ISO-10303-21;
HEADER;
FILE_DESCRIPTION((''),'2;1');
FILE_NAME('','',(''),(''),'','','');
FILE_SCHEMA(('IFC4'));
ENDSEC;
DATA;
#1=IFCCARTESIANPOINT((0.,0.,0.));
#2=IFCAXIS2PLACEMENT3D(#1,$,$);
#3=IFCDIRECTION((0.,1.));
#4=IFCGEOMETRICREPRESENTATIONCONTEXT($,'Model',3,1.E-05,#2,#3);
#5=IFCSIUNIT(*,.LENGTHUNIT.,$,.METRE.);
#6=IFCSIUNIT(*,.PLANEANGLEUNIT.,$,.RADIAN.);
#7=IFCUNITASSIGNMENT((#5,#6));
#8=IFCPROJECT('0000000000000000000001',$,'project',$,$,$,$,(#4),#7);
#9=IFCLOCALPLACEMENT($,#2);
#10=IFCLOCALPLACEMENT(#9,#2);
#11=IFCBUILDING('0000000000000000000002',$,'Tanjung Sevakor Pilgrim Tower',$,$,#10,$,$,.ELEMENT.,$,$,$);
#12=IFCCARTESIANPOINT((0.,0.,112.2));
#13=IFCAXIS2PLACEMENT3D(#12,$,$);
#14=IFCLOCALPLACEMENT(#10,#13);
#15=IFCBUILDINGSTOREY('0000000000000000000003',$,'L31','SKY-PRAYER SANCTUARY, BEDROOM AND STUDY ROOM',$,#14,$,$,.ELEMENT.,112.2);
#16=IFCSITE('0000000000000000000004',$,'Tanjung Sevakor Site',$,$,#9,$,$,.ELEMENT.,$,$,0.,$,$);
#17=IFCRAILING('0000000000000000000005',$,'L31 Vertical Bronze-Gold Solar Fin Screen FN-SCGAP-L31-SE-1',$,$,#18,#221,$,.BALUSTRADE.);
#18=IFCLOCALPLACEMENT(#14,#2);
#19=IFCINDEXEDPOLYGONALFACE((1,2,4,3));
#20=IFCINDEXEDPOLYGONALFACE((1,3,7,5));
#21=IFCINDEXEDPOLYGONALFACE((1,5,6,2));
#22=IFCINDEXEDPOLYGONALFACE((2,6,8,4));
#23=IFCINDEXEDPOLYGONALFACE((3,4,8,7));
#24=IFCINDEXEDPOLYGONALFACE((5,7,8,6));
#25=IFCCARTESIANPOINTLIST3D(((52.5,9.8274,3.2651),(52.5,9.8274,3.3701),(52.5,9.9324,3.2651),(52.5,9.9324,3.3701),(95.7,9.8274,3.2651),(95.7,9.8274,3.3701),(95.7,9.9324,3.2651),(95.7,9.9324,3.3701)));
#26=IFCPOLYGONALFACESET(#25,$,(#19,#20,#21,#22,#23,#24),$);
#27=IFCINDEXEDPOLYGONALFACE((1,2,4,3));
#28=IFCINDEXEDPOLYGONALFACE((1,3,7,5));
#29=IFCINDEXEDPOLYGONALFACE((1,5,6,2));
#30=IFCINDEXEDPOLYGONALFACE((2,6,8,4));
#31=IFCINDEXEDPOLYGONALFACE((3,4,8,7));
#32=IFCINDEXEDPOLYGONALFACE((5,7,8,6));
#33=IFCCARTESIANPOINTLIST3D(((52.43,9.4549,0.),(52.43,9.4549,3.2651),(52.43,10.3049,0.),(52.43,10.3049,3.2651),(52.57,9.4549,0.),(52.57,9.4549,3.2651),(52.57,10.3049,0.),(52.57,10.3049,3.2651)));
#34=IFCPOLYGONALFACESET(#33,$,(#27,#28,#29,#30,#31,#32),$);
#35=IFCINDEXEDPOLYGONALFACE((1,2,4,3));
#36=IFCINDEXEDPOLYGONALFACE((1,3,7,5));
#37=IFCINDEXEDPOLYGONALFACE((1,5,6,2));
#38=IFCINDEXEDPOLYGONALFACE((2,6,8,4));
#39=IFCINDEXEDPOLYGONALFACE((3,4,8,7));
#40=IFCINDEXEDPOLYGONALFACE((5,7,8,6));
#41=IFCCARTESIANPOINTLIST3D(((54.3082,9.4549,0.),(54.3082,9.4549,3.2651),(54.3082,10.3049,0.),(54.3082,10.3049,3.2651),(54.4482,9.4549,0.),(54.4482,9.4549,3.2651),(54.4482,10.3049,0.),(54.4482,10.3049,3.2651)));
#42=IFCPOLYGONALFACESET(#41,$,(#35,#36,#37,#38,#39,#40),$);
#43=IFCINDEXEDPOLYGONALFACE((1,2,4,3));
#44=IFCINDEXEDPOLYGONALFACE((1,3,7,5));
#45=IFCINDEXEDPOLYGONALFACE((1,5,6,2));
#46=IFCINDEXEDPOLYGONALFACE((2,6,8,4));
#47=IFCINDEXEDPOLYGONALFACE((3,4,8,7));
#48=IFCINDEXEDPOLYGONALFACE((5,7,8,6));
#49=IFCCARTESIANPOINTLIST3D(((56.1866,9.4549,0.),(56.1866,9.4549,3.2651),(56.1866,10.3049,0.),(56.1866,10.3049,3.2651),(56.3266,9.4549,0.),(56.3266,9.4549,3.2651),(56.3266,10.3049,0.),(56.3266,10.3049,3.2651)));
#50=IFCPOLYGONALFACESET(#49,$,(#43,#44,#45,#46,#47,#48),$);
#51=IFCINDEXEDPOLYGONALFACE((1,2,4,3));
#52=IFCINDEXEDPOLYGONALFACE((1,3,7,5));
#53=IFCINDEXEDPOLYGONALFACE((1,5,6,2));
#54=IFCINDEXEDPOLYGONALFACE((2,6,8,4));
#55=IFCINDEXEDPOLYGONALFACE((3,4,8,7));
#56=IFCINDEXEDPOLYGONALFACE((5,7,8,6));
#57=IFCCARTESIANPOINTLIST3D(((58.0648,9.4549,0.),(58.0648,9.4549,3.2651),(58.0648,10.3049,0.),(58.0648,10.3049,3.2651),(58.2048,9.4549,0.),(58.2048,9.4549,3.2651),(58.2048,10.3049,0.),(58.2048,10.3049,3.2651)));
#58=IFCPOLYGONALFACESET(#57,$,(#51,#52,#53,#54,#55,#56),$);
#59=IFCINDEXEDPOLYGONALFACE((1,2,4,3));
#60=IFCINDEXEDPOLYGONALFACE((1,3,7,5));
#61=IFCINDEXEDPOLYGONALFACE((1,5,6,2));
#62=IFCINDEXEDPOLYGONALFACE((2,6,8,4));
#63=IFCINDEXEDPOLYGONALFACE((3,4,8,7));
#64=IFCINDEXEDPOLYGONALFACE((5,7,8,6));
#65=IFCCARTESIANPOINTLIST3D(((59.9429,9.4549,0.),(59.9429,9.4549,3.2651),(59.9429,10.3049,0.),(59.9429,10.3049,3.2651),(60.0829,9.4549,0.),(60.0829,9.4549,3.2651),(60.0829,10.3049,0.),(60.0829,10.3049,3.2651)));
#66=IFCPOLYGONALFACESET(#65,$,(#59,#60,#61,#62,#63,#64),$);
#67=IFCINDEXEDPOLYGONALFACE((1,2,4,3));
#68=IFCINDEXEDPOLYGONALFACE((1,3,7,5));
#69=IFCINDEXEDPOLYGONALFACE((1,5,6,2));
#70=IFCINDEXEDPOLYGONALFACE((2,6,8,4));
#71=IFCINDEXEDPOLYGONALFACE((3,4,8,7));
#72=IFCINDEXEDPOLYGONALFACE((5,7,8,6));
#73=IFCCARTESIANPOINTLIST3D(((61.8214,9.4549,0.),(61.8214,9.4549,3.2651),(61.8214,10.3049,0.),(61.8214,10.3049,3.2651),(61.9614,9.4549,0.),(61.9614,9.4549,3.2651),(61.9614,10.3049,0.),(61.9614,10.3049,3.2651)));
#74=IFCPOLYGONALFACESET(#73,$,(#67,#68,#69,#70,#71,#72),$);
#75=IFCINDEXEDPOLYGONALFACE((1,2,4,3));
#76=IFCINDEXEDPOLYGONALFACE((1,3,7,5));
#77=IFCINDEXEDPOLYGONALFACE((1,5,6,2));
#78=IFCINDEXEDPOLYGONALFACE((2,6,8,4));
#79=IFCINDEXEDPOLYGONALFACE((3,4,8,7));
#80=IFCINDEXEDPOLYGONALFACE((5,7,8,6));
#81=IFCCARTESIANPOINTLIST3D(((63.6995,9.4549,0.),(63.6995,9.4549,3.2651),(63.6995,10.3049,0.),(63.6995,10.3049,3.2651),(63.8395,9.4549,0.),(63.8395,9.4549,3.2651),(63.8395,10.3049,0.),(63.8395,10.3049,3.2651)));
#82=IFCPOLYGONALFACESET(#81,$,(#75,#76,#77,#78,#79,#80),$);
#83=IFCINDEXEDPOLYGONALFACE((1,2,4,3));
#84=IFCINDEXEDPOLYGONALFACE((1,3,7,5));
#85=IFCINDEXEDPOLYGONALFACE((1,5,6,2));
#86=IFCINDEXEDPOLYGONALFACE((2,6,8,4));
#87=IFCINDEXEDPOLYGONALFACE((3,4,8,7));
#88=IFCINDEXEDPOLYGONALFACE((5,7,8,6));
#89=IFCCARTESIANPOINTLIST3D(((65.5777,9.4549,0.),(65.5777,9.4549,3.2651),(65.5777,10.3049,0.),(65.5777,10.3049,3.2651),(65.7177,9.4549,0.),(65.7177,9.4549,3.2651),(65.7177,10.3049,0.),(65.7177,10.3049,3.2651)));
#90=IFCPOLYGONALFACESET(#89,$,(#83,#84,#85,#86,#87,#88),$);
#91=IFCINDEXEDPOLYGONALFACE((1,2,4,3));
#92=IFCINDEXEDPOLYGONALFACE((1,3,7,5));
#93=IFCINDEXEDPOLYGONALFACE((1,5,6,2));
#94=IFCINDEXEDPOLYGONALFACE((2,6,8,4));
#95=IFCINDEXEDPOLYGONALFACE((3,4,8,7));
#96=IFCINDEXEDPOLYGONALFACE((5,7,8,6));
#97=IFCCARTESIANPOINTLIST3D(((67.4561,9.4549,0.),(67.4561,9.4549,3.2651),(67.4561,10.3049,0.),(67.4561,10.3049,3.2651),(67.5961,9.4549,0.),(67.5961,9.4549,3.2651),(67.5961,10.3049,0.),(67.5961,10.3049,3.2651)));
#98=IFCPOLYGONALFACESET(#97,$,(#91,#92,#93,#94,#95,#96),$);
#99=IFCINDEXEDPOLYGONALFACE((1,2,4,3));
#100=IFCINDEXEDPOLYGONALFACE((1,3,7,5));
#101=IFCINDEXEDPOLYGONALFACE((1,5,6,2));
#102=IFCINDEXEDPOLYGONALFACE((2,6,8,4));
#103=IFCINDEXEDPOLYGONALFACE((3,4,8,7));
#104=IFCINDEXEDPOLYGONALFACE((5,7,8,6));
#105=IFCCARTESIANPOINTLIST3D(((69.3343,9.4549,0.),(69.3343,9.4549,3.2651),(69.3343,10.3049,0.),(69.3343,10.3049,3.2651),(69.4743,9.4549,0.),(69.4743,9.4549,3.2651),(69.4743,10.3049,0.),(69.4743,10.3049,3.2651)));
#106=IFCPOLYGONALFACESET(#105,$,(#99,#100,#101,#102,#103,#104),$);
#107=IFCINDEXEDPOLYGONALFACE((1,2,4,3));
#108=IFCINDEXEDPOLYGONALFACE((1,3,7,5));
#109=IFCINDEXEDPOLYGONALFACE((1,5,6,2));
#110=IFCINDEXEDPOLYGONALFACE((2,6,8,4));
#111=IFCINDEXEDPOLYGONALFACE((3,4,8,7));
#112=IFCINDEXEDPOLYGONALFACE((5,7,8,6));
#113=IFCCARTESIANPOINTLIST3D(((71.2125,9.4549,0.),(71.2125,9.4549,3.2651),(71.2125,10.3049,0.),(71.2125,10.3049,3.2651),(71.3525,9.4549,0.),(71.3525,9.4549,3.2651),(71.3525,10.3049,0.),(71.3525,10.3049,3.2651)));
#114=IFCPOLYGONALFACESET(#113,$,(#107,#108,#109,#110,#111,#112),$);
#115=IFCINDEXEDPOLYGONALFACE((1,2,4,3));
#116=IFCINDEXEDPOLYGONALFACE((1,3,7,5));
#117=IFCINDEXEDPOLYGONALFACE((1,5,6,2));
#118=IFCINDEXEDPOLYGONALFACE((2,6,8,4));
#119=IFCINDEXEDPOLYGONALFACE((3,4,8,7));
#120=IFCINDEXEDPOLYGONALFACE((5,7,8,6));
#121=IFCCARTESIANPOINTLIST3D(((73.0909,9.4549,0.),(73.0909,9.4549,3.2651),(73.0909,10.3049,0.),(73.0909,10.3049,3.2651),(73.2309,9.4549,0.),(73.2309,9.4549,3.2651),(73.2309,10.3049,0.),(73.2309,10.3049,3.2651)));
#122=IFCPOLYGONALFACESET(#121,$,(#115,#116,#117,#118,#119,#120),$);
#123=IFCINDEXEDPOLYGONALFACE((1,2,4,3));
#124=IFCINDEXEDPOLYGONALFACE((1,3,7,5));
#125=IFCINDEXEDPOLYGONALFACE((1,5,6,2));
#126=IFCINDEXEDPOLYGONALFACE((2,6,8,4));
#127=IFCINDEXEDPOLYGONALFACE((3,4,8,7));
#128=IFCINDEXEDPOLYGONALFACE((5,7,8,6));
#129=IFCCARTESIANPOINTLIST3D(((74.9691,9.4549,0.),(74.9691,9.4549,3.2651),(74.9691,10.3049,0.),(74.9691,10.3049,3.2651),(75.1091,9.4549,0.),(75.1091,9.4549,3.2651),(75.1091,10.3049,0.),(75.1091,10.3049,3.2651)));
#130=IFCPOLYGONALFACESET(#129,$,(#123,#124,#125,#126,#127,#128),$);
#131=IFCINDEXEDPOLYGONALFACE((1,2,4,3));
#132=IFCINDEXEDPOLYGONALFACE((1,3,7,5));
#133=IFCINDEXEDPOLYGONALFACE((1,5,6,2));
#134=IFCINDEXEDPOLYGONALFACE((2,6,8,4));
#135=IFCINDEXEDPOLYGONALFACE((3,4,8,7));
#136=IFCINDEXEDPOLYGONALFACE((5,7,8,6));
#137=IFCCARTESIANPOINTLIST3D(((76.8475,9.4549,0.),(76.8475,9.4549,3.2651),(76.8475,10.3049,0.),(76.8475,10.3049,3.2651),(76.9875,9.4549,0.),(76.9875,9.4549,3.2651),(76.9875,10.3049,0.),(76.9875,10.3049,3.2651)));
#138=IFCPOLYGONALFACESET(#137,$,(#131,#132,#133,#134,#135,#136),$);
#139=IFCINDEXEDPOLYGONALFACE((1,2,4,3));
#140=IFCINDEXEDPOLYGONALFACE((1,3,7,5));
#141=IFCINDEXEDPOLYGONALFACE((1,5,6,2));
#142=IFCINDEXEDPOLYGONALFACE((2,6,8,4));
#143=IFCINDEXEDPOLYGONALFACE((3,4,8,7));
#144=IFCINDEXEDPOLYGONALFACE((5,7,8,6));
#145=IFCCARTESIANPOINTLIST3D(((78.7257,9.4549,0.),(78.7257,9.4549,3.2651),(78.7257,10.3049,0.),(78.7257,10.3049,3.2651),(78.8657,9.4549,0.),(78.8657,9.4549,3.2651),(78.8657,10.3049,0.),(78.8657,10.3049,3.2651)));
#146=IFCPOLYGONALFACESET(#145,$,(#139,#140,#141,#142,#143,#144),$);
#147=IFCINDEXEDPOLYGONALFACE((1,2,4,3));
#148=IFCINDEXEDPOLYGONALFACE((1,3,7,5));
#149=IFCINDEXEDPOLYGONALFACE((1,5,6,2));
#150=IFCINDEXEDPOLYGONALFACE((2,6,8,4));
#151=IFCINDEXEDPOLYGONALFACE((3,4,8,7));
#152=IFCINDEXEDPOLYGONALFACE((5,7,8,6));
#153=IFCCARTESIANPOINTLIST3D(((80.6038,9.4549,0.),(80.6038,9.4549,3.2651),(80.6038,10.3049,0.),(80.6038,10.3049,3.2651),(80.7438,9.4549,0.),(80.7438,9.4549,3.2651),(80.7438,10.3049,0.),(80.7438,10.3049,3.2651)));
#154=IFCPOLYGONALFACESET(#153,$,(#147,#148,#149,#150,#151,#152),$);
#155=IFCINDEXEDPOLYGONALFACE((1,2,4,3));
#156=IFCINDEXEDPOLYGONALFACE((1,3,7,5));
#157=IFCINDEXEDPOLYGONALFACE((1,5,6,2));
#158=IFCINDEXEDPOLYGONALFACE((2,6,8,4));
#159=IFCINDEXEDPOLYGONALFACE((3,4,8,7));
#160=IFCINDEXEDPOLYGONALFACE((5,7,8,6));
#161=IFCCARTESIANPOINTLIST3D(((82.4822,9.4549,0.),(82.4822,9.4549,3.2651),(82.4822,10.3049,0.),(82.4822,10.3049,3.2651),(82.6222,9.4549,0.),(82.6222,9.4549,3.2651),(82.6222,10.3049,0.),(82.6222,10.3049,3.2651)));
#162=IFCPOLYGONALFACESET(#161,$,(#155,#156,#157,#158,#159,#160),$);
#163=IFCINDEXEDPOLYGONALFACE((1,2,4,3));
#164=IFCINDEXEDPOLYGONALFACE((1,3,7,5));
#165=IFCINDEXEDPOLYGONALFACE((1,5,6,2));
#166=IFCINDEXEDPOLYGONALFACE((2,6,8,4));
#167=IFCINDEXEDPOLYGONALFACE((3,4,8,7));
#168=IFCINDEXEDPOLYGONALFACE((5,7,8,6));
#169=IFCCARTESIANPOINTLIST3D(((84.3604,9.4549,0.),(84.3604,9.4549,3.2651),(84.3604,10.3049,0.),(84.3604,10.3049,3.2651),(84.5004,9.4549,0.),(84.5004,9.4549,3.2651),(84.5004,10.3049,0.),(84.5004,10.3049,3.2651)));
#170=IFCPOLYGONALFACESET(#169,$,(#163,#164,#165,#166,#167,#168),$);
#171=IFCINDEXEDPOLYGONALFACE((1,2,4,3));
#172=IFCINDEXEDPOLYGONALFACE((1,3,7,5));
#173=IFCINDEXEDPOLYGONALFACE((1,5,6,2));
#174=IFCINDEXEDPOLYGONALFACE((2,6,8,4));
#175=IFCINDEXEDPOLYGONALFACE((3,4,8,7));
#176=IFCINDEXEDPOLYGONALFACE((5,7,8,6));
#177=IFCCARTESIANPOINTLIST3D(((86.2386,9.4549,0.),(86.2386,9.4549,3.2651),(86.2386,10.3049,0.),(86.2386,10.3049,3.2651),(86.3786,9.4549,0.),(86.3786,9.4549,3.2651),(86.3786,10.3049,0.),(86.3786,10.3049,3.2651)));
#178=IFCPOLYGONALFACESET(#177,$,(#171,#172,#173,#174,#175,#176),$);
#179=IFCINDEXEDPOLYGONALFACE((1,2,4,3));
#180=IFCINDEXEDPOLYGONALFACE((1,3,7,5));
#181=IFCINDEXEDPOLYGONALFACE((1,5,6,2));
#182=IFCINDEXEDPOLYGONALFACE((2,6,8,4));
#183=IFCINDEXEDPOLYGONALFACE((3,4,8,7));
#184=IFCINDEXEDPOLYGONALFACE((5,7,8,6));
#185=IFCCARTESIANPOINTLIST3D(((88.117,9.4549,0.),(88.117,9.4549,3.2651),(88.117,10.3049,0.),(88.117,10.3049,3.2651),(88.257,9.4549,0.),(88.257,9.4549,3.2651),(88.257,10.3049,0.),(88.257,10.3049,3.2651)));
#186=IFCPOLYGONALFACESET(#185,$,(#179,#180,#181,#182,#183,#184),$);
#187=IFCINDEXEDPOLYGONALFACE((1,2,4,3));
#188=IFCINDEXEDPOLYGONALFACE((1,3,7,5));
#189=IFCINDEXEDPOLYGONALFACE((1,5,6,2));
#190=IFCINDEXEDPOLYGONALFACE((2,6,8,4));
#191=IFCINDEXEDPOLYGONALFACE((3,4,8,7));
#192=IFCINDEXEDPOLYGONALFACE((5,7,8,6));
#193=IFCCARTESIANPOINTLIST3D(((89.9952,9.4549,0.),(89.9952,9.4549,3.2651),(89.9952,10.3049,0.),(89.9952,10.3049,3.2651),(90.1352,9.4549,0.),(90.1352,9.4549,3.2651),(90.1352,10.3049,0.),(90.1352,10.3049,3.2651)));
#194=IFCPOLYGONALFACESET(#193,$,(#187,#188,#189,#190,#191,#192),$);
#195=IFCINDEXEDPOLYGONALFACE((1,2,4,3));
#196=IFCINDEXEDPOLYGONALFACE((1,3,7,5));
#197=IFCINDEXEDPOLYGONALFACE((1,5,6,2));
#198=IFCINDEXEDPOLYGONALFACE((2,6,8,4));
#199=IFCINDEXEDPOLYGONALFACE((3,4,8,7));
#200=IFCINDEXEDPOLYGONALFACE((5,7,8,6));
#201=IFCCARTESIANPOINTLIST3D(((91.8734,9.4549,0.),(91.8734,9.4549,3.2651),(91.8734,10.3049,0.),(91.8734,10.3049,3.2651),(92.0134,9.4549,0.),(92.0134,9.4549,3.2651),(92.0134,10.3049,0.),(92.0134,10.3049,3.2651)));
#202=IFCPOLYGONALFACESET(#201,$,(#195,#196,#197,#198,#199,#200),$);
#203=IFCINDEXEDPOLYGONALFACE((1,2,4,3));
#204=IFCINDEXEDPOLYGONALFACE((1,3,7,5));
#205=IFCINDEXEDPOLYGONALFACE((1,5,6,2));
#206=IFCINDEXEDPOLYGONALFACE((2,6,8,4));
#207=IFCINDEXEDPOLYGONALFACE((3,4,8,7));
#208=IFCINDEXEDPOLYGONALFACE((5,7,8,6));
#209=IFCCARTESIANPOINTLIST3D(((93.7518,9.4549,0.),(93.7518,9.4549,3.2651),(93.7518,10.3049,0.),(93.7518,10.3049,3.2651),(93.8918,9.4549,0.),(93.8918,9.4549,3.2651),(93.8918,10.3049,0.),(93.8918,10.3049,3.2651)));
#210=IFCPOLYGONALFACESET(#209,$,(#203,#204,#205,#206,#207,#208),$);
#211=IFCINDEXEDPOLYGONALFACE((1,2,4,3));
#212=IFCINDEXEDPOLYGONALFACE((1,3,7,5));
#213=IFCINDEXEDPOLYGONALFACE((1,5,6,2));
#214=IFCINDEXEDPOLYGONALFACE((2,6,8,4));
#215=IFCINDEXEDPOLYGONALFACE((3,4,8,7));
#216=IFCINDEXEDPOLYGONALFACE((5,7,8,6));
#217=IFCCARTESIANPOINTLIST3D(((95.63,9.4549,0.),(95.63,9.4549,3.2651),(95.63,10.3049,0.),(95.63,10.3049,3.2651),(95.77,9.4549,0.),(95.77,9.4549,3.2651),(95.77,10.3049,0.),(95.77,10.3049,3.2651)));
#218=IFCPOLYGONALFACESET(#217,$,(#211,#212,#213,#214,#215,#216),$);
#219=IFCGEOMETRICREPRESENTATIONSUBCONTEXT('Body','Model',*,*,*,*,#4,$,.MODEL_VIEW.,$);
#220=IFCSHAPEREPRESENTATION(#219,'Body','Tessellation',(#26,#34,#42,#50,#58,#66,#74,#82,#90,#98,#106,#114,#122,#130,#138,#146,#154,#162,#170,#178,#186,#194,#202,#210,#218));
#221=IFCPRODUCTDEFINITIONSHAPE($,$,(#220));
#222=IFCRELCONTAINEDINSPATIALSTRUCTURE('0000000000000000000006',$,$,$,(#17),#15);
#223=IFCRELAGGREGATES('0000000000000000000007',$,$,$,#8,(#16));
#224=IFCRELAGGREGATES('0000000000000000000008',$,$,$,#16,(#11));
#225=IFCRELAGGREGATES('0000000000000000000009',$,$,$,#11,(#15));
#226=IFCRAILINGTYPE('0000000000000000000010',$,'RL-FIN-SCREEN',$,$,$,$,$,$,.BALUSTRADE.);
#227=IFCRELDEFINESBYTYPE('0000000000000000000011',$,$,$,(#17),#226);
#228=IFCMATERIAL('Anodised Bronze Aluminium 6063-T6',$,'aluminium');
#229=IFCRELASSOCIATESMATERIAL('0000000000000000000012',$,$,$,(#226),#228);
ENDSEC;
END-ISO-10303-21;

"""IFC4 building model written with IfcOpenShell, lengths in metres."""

from ifc_helpers import new_model, si_unit, direction, frame, origin, place, context, subcontext, project, spatial, rectangle, extrude, material, type_object, element, save


model = new_model("IFC4")

# Units and contexts
model_context = context("Model", 3, precision=1e-05, world=origin(), true_north=direction((0.0, 1.0)))
body_context = subcontext(model_context, "Body", "Model", "MODEL_VIEW")
ifc_project = project(units=[si_unit("LENGTHUNIT", "METRE"), si_unit("PLANEANGLEUNIT", "RADIAN")], contexts=[model_context])

# Site, building, storey
site_placement = place(None, origin())
site = spatial("IfcSite", under=ifc_project, at=site_placement, Name="Tanjung Sevakor Site", CompositionType="ELEMENT", RefElevation=0.0)
building_placement = place(site_placement, origin())
building = spatial("IfcBuilding", under=site, at=building_placement, Name="Tanjung Sevakor Pilgrim Tower", CompositionType="ELEMENT")
storey_placement = place(building_placement, frame((0.0, 0.0, 112.2)))
storey = spatial("IfcBuildingStorey", under=building, at=storey_placement, Name="L31", Description="SKY-PRAYER SANCTUARY, BEDROOM AND STUDY ROOM", CompositionType="ELEMENT", Elevation=112.2)

# Railing
ifc_material_1 = material(Name="Anodised Bronze Aluminium 6063-T6", Category="aluminium")
railing_type = type_object("IfcRailingType", Name="RL-FIN-SCREEN", PredefinedType="BALUSTRADE", material=ifc_material_1)
railing_placement = place(storey_placement, frame((52.5, 9.8799, 0.0)))
element("IfcRailing", 1, at=railing_placement, inside=storey, type_object=railing_type, Name="L31 Vertical Bronze-Gold Solar Fin Screen FN-SCGAP-L31-SE-1", PredefinedType="BALUSTRADE", context=body_context, shape_type="SweptSolid", body=[
    extrude(rectangle(XDim=0.105, YDim=0.105), frame((0.0, 0.0, 3.3176), z_axis=(1.0, 0.0, 0.0), x_axis=(0.0, 1.0, 0.0)), (0.0, 0.0, 1.0), 43.2),
    extrude(rectangle(XDim=0.14, YDim=0.85), origin(), (0.0, 0.0, 1.0), 3.2651),
    extrude(rectangle(XDim=0.14, YDim=0.85), frame((1.8782, 0.0, 0.0)), (0.0, 0.0, 1.0), 3.2651),
    extrude(rectangle(XDim=0.14, YDim=0.85), frame((3.7566, 0.0, 0.0)), (0.0, 0.0, 1.0), 3.2651),
    extrude(rectangle(XDim=0.14, YDim=0.85), frame((5.6348, 0.0, 0.0)), (0.0, 0.0, 1.0), 3.2651),
    extrude(rectangle(XDim=0.14, YDim=0.85), frame((7.5129, 0.0, 0.0)), (0.0, 0.0, 1.0), 3.2651),
    extrude(rectangle(XDim=0.14, YDim=0.85), frame((9.3914, 0.0, 0.0)), (0.0, 0.0, 1.0), 3.2651),
    extrude(rectangle(XDim=0.14, YDim=0.85), frame((11.2695, 0.0, 0.0)), (0.0, 0.0, 1.0), 3.2651),
    extrude(rectangle(XDim=0.14, YDim=0.85), frame((13.1477, 0.0, 0.0)), (0.0, 0.0, 1.0), 3.2651),
    extrude(rectangle(XDim=0.14, YDim=0.85), frame((15.0261, 0.0, 0.0)), (0.0, 0.0, 1.0), 3.2651),
    extrude(rectangle(XDim=0.14, YDim=0.85), frame((16.9043, 0.0, 0.0)), (0.0, 0.0, 1.0), 3.2651),
    extrude(rectangle(XDim=0.14, YDim=0.85), frame((18.7825, 0.0, 0.0)), (0.0, 0.0, 1.0), 3.2651),
    extrude(rectangle(XDim=0.14, YDim=0.85), frame((20.6609, 0.0, 0.0)), (0.0, 0.0, 1.0), 3.2651),
    extrude(rectangle(XDim=0.14, YDim=0.85), frame((22.5391, 0.0, 0.0)), (0.0, 0.0, 1.0), 3.2651),
    extrude(rectangle(XDim=0.14, YDim=0.85), frame((24.4175, 0.0, 0.0)), (0.0, 0.0, 1.0), 3.2651),
    extrude(rectangle(XDim=0.14, YDim=0.85), frame((26.2957, 0.0, 0.0)), (0.0, 0.0, 1.0), 3.2651),
    extrude(rectangle(XDim=0.14, YDim=0.85), frame((28.1738, 0.0, 0.0)), (0.0, 0.0, 1.0), 3.2651),
    extrude(rectangle(XDim=0.14, YDim=0.85), frame((30.0522, 0.0, 0.0)), (0.0, 0.0, 1.0), 3.2651),
    extrude(rectangle(XDim=0.14, YDim=0.85), frame((31.9304, 0.0, 0.0)), (0.0, 0.0, 1.0), 3.2651),
    extrude(rectangle(XDim=0.14, YDim=0.85), frame((33.8086, 0.0, 0.0)), (0.0, 0.0, 1.0), 3.2651),
    extrude(rectangle(XDim=0.14, YDim=0.85), frame((35.687, 0.0, 0.0)), (0.0, 0.0, 1.0), 3.2651),
    extrude(rectangle(XDim=0.14, YDim=0.85), frame((37.5652, 0.0, 0.0)), (0.0, 0.0, 1.0), 3.2651),
    extrude(rectangle(XDim=0.14, YDim=0.85), frame((39.4434, 0.0, 0.0)), (0.0, 0.0, 1.0), 3.2651),
    extrude(rectangle(XDim=0.14, YDim=0.85), frame((41.3218, 0.0, 0.0)), (0.0, 0.0, 1.0), 3.2651),
    extrude(rectangle(XDim=0.14, YDim=0.85), frame((43.2, 0.0, 0.0)), (0.0, 0.0, 1.0), 3.2651),
])

save(model, "model.ifc")
